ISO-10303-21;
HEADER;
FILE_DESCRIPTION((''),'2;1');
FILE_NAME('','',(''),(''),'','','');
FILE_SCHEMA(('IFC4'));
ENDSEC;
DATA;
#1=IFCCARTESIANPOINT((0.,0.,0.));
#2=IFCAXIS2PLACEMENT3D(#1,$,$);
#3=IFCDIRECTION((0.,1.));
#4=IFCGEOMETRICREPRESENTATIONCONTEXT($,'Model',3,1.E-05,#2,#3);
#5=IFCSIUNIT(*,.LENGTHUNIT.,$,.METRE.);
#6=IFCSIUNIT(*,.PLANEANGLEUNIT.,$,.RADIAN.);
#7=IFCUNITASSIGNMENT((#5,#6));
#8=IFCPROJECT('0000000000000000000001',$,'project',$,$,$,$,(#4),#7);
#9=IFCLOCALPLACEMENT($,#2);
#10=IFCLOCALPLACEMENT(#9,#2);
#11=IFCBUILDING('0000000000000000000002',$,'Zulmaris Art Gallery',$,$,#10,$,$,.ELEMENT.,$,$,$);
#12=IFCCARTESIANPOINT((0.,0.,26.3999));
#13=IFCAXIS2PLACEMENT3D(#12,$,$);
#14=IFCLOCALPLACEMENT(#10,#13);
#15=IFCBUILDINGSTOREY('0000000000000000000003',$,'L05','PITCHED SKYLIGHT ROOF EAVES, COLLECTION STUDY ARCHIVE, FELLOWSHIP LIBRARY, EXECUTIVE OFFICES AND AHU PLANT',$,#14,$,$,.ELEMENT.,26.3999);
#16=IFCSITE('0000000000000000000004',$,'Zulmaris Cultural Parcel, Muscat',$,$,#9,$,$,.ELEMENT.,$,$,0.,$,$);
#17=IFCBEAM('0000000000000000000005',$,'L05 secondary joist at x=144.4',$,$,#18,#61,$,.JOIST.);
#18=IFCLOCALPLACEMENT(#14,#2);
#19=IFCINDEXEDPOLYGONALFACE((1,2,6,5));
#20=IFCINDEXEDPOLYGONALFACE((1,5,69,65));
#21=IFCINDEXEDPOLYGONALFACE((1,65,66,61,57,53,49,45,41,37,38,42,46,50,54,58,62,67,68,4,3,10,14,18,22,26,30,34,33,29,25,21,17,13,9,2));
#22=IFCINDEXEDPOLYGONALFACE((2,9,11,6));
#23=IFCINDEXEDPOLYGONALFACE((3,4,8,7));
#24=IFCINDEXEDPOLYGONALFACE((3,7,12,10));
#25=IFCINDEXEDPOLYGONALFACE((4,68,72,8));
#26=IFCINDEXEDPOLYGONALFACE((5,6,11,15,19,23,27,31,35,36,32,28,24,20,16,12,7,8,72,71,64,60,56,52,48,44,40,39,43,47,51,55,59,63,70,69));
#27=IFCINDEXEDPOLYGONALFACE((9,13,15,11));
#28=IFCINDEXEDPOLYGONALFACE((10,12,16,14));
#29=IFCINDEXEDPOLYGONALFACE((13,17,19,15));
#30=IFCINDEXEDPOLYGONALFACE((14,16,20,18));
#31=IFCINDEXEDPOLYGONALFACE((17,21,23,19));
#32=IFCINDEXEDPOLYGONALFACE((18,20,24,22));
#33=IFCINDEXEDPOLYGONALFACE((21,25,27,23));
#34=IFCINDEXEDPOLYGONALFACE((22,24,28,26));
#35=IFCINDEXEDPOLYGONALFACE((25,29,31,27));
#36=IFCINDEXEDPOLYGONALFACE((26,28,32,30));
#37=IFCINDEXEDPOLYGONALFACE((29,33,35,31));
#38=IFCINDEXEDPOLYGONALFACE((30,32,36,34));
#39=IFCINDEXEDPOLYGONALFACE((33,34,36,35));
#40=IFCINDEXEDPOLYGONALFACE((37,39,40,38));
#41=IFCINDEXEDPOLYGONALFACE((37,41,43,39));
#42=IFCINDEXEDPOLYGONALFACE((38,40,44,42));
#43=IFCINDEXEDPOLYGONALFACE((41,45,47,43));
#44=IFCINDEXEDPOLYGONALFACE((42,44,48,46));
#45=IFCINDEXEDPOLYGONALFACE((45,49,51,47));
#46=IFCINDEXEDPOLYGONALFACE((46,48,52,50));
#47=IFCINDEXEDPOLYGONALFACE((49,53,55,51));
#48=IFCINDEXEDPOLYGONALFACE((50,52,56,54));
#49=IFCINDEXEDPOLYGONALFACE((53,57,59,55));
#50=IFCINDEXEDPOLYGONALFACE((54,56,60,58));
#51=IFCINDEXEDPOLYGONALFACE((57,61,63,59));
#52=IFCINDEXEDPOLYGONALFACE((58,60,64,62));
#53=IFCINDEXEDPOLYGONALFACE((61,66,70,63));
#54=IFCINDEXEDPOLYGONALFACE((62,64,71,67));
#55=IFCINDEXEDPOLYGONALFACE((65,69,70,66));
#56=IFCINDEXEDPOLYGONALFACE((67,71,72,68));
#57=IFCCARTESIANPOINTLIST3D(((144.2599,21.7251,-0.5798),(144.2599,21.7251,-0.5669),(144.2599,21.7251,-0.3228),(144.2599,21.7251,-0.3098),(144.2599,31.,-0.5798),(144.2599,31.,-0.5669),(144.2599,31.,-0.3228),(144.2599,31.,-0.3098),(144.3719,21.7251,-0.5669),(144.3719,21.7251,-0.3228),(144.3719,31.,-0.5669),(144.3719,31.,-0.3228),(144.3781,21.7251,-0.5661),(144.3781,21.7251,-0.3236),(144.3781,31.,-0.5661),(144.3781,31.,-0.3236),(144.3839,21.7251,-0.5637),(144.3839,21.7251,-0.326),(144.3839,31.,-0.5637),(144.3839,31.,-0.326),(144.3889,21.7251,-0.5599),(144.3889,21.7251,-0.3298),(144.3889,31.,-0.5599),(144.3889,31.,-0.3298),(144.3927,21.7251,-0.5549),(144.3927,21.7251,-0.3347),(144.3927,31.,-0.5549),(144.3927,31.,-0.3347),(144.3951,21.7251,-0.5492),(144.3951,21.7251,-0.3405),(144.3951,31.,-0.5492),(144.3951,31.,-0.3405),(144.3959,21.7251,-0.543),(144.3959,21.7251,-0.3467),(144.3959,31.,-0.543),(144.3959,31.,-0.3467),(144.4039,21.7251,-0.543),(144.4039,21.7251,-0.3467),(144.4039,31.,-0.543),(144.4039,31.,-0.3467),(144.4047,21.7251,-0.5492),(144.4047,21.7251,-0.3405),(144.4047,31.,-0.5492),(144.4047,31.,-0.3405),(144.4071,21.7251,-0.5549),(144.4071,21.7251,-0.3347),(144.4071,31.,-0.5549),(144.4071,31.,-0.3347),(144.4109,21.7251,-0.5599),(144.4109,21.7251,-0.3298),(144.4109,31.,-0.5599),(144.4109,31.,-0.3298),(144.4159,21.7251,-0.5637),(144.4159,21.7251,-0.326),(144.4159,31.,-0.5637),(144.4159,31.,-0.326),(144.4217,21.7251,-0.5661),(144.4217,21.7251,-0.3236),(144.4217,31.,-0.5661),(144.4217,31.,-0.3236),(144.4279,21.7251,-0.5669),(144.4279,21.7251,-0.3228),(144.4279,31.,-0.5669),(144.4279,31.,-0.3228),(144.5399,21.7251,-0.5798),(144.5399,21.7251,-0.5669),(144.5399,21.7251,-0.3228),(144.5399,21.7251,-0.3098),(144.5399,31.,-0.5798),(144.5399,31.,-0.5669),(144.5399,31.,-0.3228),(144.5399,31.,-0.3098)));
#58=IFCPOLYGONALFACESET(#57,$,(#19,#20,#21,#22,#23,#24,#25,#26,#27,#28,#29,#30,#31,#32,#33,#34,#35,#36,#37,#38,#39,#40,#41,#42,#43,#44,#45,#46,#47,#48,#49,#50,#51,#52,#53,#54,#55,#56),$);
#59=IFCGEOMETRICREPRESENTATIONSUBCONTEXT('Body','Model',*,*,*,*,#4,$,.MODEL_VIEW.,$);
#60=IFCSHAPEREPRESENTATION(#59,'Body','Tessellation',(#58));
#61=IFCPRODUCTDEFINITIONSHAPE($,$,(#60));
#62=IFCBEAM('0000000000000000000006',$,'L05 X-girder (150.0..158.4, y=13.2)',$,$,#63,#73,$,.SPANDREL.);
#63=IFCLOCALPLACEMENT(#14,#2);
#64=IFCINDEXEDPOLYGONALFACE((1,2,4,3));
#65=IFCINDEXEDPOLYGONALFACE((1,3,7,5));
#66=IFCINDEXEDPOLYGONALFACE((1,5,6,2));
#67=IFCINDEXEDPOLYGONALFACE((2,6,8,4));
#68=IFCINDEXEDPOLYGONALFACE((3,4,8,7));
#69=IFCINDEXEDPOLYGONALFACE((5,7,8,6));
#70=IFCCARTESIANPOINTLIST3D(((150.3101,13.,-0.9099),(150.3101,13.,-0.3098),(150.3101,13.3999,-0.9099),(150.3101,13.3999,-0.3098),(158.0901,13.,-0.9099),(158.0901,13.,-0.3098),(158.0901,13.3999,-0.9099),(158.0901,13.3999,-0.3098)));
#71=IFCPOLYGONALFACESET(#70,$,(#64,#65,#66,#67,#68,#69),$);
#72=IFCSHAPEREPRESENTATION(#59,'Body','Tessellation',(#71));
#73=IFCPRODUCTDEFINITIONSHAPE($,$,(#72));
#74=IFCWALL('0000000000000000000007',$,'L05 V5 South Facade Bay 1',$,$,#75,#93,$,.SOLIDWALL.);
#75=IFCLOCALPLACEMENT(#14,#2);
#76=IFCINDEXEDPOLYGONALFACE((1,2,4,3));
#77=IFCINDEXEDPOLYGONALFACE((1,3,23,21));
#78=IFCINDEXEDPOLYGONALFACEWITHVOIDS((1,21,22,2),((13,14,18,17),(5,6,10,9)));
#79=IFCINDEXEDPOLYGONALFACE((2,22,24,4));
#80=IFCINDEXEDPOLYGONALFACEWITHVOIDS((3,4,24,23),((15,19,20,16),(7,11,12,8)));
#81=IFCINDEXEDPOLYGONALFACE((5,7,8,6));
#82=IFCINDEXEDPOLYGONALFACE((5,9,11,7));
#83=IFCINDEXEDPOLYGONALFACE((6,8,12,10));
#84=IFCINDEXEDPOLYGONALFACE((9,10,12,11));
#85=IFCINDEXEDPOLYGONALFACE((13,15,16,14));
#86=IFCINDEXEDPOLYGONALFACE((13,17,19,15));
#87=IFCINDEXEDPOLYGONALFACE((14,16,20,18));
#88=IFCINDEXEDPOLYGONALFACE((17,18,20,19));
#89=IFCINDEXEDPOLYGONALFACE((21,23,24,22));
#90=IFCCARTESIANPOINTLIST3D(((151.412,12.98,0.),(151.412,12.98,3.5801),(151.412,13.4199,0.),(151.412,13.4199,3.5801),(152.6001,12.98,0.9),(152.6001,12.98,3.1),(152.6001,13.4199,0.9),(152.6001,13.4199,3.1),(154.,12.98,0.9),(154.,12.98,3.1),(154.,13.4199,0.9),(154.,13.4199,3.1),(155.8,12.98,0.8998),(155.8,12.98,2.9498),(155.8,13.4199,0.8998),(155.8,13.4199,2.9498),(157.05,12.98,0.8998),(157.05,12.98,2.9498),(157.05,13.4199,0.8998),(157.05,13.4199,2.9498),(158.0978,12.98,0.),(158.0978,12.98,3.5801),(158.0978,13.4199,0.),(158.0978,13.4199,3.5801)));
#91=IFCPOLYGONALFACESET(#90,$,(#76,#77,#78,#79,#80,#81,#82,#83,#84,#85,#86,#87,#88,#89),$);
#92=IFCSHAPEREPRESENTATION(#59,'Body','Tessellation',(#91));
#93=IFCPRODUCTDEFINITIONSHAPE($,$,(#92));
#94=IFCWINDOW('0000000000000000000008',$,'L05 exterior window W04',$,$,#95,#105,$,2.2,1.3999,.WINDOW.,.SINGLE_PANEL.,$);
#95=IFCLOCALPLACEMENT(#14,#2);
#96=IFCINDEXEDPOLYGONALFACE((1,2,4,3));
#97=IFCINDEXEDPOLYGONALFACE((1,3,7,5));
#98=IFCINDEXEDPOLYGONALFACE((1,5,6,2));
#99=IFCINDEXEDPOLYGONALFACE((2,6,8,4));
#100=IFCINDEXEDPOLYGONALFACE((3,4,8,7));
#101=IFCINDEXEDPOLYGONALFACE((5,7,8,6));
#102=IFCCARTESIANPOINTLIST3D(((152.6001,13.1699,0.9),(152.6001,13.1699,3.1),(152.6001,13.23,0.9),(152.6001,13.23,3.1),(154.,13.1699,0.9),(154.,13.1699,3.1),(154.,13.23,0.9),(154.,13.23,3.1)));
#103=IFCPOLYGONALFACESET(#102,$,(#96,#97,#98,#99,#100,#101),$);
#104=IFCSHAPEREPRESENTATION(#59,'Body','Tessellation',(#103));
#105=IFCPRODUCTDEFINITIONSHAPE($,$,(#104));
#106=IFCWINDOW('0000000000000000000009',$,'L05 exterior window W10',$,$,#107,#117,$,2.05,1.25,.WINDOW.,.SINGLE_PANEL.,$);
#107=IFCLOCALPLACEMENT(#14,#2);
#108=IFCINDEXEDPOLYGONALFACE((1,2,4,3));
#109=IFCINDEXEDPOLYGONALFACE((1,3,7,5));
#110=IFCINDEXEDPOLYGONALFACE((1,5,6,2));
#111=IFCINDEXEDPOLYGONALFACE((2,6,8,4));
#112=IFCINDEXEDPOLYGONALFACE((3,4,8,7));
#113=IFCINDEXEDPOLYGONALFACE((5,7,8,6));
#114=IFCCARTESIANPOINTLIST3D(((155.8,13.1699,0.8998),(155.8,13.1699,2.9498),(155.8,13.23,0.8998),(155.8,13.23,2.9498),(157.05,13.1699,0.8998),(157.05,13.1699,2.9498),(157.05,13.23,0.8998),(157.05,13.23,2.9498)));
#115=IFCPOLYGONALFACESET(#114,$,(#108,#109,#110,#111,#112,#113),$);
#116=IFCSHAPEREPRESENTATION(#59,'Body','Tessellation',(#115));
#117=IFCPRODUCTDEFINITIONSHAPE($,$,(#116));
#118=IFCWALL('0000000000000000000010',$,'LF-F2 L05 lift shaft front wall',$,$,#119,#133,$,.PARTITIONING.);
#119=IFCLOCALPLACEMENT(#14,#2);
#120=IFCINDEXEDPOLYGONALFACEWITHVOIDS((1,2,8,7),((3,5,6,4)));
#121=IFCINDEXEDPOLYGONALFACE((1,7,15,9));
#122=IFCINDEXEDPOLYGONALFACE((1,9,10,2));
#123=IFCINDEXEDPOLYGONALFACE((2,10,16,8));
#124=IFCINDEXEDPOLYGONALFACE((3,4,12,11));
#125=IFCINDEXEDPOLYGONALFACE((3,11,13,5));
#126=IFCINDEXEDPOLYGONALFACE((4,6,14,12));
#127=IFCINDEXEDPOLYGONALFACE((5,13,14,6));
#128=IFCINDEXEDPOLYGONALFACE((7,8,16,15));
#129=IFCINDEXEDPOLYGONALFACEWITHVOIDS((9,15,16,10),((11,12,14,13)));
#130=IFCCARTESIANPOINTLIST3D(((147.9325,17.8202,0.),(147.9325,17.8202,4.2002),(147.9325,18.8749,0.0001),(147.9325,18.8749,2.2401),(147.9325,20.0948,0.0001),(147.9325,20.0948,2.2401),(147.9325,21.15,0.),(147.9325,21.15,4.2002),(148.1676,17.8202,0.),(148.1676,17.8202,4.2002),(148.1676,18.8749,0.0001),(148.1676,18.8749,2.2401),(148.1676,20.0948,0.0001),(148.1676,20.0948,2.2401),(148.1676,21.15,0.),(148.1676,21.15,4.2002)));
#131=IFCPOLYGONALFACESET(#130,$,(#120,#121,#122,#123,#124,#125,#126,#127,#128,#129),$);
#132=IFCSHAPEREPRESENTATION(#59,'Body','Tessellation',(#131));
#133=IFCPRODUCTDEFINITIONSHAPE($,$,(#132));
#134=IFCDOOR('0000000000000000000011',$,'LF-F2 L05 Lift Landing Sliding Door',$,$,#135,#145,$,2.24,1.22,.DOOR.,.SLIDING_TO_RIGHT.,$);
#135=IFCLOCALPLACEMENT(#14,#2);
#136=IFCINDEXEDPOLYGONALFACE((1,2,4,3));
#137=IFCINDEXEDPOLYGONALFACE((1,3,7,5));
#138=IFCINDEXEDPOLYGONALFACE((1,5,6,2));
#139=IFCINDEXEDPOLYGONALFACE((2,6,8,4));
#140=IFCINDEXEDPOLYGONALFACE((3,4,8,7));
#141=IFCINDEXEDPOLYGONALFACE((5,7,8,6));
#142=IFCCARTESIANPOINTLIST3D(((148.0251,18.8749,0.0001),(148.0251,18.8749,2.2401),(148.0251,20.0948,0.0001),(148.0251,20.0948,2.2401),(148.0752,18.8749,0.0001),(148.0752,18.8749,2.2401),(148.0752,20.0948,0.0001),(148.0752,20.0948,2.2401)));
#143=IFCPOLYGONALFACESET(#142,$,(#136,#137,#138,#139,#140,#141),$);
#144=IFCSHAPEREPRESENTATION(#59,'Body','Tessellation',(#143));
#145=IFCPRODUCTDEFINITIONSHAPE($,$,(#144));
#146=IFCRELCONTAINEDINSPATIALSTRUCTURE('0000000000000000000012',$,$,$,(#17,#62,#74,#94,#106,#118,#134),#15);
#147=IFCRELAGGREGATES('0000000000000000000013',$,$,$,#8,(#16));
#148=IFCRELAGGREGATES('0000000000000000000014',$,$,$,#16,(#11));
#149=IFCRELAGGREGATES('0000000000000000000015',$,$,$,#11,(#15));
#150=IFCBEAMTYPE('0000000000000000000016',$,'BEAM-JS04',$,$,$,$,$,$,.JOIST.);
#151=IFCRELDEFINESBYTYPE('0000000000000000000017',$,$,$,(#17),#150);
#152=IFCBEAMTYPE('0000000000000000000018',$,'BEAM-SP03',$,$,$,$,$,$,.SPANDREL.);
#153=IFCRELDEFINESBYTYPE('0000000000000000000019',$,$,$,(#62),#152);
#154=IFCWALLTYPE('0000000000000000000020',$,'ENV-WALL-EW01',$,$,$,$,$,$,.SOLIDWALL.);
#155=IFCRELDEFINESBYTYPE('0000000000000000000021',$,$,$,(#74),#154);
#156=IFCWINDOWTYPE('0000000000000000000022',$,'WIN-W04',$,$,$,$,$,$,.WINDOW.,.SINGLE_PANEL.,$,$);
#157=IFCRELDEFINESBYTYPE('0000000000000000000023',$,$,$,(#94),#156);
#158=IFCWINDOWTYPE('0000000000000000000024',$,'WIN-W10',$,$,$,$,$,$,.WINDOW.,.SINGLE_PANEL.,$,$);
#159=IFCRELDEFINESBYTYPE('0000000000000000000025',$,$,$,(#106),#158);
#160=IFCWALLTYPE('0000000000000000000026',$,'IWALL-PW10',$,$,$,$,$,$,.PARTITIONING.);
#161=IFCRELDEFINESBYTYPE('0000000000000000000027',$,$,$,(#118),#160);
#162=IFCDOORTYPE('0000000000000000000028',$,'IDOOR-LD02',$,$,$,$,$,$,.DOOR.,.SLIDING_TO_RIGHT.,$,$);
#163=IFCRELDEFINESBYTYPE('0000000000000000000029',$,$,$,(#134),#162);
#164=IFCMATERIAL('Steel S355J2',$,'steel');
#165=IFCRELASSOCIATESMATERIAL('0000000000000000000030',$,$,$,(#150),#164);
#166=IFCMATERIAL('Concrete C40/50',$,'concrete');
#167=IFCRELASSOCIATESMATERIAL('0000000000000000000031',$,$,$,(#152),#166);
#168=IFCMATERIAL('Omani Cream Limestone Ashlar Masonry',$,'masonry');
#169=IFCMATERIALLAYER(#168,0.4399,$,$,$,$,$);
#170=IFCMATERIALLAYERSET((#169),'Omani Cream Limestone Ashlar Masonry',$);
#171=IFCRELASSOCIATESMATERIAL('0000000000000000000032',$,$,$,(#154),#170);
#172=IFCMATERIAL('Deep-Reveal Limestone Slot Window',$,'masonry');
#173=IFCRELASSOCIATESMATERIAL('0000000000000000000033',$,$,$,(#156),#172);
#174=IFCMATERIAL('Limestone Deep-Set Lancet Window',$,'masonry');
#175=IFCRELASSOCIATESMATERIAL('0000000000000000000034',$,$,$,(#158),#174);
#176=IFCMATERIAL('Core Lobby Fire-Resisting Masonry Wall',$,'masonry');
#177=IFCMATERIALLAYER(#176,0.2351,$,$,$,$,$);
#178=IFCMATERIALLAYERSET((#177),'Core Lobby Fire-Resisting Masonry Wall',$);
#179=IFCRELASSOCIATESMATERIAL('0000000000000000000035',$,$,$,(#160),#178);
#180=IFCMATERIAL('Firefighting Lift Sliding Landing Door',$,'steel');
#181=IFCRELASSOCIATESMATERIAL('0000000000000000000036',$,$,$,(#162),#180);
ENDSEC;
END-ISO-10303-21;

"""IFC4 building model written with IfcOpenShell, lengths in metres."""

from ifc_helpers import new_model, si_unit, direction, frame, frame_2d, origin, origin_2d, place, context, subcontext, project, spatial, rectangle, i_section, extrude, material, layer, layer_set, material_profile, profile_set, type_object, element, fill, save


model = new_model("IFC4")

# Units and contexts
model_context = context("Model", 3, precision=1e-05, world=origin(), true_north=direction((0.0, 1.0)))
body_context = subcontext(model_context, "Body", "Model", "MODEL_VIEW")
ifc_project = project(units=[si_unit("LENGTHUNIT", "METRE"), si_unit("PLANEANGLEUNIT", "RADIAN")], contexts=[model_context])

# Site, building, storey
site_placement = place(None, origin())
site = spatial("IfcSite", under=ifc_project, at=site_placement, Name="Zulmaris Cultural Parcel, Muscat", CompositionType="ELEMENT", RefElevation=0.0)
building_placement = place(site_placement, origin())
building = spatial("IfcBuilding", under=site, at=building_placement, Name="Zulmaris Art Gallery", CompositionType="ELEMENT")
storey_placement = place(building_placement, frame((0.0, 0.0, 26.3999)))
storey = spatial("IfcBuildingStorey", under=building, at=storey_placement, Name="L05", Description="PITCHED SKYLIGHT ROOF EAVES, COLLECTION STUDY ARCHIVE, FELLOWSHIP LIBRARY, EXECUTIVE OFFICES AND AHU PLANT", CompositionType="ELEMENT", Elevation=26.3999)

# Shared definitions
ifc_material_1 = material(Name="Concrete C40/50", Category="concrete")

# Beams
ifc_material_2 = material(Name="Steel S355J2", Category="steel")
ifc_material_profile_1 = material_profile(ifc_material_2, i_section(OverallWidth=0.28, OverallDepth=0.27, WebThickness=0.0081, FlangeThickness=0.0129, FilletRadius=0.0239, at=origin_2d()), Name="HEA 280")
ifc_profile_set_1 = profile_set([ifc_material_profile_1], Name="Steel S355J2")
beam_type_1 = type_object("IfcBeamType", Name="BEAM-JS04", PredefinedType="JOIST", material=ifc_profile_set_1)
beam_1_placement = place(storey_placement, frame((144.3999, 21.7251, -0.4448), z_axis=(0.0, 1.0, 0.0), x_axis=(-1.0, 0.0, 0.0)))
element("IfcBeam", 1, at=beam_1_placement, inside=storey, type_object=beam_type_1, Name="L05 secondary joist at x=144.4", PredefinedType="JOIST", context=body_context, shape_type="SweptSolid", body=[
    extrude(i_section(OverallWidth=0.28, OverallDepth=0.27, WebThickness=0.0081, FlangeThickness=0.0129, FilletRadius=0.0239, at=origin_2d()), origin(), (0.0, 0.0, 1.0), 9.2749),
])
ifc_material_profile_2 = material_profile(ifc_material_1, rectangle(XDim=0.3999, YDim=0.6001, at=origin_2d()), Name="RC 400x600")
ifc_profile_set_2 = profile_set([ifc_material_profile_2], Name="Concrete C40/50")
beam_type_2 = type_object("IfcBeamType", Name="BEAM-SP03", PredefinedType="SPANDREL", material=ifc_profile_set_2)
beam_2_placement = place(storey_placement, frame((150.3101, 13.2, -0.6099), z_axis=(1.0, 0.0, 0.0), x_axis=(0.0, 1.0, 0.0)))
element("IfcBeam", 2, at=beam_2_placement, inside=storey, type_object=beam_type_2, Name="L05 X-girder (150.0..158.4, y=13.2)", PredefinedType="SPANDREL", context=body_context, shape_type="SweptSolid", body=[
    extrude(rectangle(XDim=0.3999, YDim=0.6001, at=origin_2d()), origin(), (0.0, 0.0, 1.0), 7.78),
])

# Wall, openings, windows
ifc_material_3 = material(Name="Omani Cream Limestone Ashlar Masonry", Category="masonry")
ifc_layer_1 = layer(ifc_material_3, 0.4399)
ifc_layer_set_1 = layer_set([ifc_layer_1], Name="Omani Cream Limestone Ashlar Masonry")
wall_type_1 = type_object("IfcWallType", Name="ENV-WALL-EW01", PredefinedType="SOLIDWALL", material=ifc_layer_set_1)
wall_1_placement = place(storey_placement, frame((151.4121, 13.2, 0.0), z_axis=(0.0, 0.0, 1.0), x_axis=(1.0, 0.0, 0.0)))
wall_1 = element("IfcWall", 3, at=wall_1_placement, inside=storey, type_object=wall_type_1, Name="L05 V5 South Facade Bay 1", PredefinedType="SOLIDWALL", context=body_context, shape_type="SweptSolid", body=[
    extrude(rectangle(XDim=6.6858, YDim=0.4399, at=frame_2d((3.3428, 0.0))), origin(), (0.0, 0.0, 1.0), 3.5801),
])
opening_1_placement = place(wall_1_placement, frame((1.188, 0.0, 0.8999)))
opening_1 = element("IfcOpeningElement", 4, at=opening_1_placement, cuts=wall_1, PredefinedType="OPENING", context=body_context, shape_type="SweptSolid", body=[
    extrude(rectangle(XDim=1.3999, YDim=2.2, at=frame_2d((0.7, 1.1001))), frame((0.0, 0.23, 0.0), z_axis=(0.0, -1.0, 0.0), x_axis=(1.0, 0.0, 0.0)), (0.0, 0.0, 1.0), 0.46),
])
opening_2_placement = place(wall_1_placement, frame((4.3879, 0.0, 0.8999)))
opening_2 = element("IfcOpeningElement", 5, at=opening_2_placement, cuts=wall_1, PredefinedType="OPENING", context=body_context, shape_type="SweptSolid", body=[
    extrude(rectangle(XDim=1.25, YDim=2.05, at=frame_2d((0.625, 1.0249))), frame((0.0, 0.23, 0.0), z_axis=(0.0, -1.0, 0.0), x_axis=(1.0, 0.0, 0.0)), (0.0, 0.0, 1.0), 0.46),
])
ifc_material_4 = material(Name="Deep-Reveal Limestone Slot Window", Category="masonry")
window_type_1 = type_object("IfcWindowType", Name="WIN-W04", PartitioningType="SINGLE_PANEL", PredefinedType="WINDOW", material=ifc_material_4)
window_1_placement = place(opening_1_placement, origin())
window_1 = element("IfcWindow", 6, at=window_1_placement, inside=storey, type_object=window_type_1, Name="L05 exterior window W04", OverallHeight=2.2, OverallWidth=1.3999, PartitioningType="SINGLE_PANEL", PredefinedType="WINDOW", context=body_context, shape_type="SweptSolid", body=[
    extrude(rectangle(XDim=1.3999, YDim=2.2, at=frame_2d((0.7, 1.1001))), frame((0.0, 0.03, 0.0), z_axis=(0.0, -1.0, 0.0), x_axis=(1.0, 0.0, 0.0)), (0.0, 0.0, 1.0), 0.0601),
])
fill(opening_1, window_1)
ifc_material_5 = material(Name="Limestone Deep-Set Lancet Window", Category="masonry")
window_type_2 = type_object("IfcWindowType", Name="WIN-W10", PartitioningType="SINGLE_PANEL", PredefinedType="WINDOW", material=ifc_material_5)
window_2_placement = place(opening_2_placement, origin())
window_2 = element("IfcWindow", 7, at=window_2_placement, inside=storey, type_object=window_type_2, Name="L05 exterior window W10", OverallHeight=2.05, OverallWidth=1.25, PartitioningType="SINGLE_PANEL", PredefinedType="WINDOW", context=body_context, shape_type="SweptSolid", body=[
    extrude(rectangle(XDim=1.25, YDim=2.05, at=frame_2d((0.625, 1.0249))), frame((0.0, 0.03, 0.0), z_axis=(0.0, -1.0, 0.0), x_axis=(1.0, 0.0, 0.0)), (0.0, 0.0, 1.0), 0.0601),
])
fill(opening_2, window_2)

# Wall, opening, door
ifc_material_6 = material(Name="Core Lobby Fire-Resisting Masonry Wall", Category="masonry")
ifc_layer_2 = layer(ifc_material_6, 0.2351)
ifc_layer_set_2 = layer_set([ifc_layer_2], Name="Core Lobby Fire-Resisting Masonry Wall")
wall_type_2 = type_object("IfcWallType", Name="IWALL-PW10", PredefinedType="PARTITIONING", material=ifc_layer_set_2)
wall_2_placement = place(storey_placement, frame((148.05, 17.8201, 0.0), z_axis=(0.0, 0.0, 1.0), x_axis=(0.0, 1.0, 0.0)))
wall_2 = element("IfcWall", 8, at=wall_2_placement, inside=storey, type_object=wall_type_2, Name="LF-F2 L05 lift shaft front wall", PredefinedType="PARTITIONING", context=body_context, shape_type="SweptSolid", body=[
    extrude(rectangle(XDim=3.3298, YDim=0.2351, at=frame_2d((1.665, 0.0))), origin(), (0.0, 0.0, 1.0), 4.2002),
])
opening_3_placement = place(wall_2_placement, frame((1.0549, 0.0, 0.0)))
opening_3 = element("IfcOpeningElement", 9, at=opening_3_placement, cuts=wall_2, PredefinedType="OPENING", context=body_context, shape_type="SweptSolid", body=[
    extrude(rectangle(XDim=1.22, YDim=2.24, at=frame_2d((0.6099, 1.1201))), frame((0.0, 0.1274, 0.0), z_axis=(0.0, -1.0, 0.0), x_axis=(1.0, 0.0, 0.0)), (0.0, 0.0, 1.0), 0.2551),
])
ifc_material_7 = material(Name="Firefighting Lift Sliding Landing Door", Category="steel")
door_type_1 = type_object("IfcDoorType", Name="IDOOR-LD02", OperationType="SLIDING_TO_RIGHT", PredefinedType="DOOR", material=ifc_material_7)
door_1_placement = place(opening_3_placement, origin())
door_1 = element("IfcDoor", 10, at=door_1_placement, inside=storey, type_object=door_type_1, Name="LF-F2 L05 Lift Landing Sliding Door", OperationType="SLIDING_TO_RIGHT", OverallHeight=2.24, OverallWidth=1.22, PredefinedType="DOOR", context=body_context, shape_type="SweptSolid", body=[
    extrude(rectangle(XDim=1.22, YDim=2.24, at=frame_2d((0.6099, 1.1201))), frame((0.0, 0.0249, 0.0), z_axis=(0.0, -1.0, 0.0), x_axis=(1.0, 0.0, 0.0)), (0.0, 0.0, 1.0), 0.05),
])
fill(opening_3, door_1)

save(model, "model.ifc")
